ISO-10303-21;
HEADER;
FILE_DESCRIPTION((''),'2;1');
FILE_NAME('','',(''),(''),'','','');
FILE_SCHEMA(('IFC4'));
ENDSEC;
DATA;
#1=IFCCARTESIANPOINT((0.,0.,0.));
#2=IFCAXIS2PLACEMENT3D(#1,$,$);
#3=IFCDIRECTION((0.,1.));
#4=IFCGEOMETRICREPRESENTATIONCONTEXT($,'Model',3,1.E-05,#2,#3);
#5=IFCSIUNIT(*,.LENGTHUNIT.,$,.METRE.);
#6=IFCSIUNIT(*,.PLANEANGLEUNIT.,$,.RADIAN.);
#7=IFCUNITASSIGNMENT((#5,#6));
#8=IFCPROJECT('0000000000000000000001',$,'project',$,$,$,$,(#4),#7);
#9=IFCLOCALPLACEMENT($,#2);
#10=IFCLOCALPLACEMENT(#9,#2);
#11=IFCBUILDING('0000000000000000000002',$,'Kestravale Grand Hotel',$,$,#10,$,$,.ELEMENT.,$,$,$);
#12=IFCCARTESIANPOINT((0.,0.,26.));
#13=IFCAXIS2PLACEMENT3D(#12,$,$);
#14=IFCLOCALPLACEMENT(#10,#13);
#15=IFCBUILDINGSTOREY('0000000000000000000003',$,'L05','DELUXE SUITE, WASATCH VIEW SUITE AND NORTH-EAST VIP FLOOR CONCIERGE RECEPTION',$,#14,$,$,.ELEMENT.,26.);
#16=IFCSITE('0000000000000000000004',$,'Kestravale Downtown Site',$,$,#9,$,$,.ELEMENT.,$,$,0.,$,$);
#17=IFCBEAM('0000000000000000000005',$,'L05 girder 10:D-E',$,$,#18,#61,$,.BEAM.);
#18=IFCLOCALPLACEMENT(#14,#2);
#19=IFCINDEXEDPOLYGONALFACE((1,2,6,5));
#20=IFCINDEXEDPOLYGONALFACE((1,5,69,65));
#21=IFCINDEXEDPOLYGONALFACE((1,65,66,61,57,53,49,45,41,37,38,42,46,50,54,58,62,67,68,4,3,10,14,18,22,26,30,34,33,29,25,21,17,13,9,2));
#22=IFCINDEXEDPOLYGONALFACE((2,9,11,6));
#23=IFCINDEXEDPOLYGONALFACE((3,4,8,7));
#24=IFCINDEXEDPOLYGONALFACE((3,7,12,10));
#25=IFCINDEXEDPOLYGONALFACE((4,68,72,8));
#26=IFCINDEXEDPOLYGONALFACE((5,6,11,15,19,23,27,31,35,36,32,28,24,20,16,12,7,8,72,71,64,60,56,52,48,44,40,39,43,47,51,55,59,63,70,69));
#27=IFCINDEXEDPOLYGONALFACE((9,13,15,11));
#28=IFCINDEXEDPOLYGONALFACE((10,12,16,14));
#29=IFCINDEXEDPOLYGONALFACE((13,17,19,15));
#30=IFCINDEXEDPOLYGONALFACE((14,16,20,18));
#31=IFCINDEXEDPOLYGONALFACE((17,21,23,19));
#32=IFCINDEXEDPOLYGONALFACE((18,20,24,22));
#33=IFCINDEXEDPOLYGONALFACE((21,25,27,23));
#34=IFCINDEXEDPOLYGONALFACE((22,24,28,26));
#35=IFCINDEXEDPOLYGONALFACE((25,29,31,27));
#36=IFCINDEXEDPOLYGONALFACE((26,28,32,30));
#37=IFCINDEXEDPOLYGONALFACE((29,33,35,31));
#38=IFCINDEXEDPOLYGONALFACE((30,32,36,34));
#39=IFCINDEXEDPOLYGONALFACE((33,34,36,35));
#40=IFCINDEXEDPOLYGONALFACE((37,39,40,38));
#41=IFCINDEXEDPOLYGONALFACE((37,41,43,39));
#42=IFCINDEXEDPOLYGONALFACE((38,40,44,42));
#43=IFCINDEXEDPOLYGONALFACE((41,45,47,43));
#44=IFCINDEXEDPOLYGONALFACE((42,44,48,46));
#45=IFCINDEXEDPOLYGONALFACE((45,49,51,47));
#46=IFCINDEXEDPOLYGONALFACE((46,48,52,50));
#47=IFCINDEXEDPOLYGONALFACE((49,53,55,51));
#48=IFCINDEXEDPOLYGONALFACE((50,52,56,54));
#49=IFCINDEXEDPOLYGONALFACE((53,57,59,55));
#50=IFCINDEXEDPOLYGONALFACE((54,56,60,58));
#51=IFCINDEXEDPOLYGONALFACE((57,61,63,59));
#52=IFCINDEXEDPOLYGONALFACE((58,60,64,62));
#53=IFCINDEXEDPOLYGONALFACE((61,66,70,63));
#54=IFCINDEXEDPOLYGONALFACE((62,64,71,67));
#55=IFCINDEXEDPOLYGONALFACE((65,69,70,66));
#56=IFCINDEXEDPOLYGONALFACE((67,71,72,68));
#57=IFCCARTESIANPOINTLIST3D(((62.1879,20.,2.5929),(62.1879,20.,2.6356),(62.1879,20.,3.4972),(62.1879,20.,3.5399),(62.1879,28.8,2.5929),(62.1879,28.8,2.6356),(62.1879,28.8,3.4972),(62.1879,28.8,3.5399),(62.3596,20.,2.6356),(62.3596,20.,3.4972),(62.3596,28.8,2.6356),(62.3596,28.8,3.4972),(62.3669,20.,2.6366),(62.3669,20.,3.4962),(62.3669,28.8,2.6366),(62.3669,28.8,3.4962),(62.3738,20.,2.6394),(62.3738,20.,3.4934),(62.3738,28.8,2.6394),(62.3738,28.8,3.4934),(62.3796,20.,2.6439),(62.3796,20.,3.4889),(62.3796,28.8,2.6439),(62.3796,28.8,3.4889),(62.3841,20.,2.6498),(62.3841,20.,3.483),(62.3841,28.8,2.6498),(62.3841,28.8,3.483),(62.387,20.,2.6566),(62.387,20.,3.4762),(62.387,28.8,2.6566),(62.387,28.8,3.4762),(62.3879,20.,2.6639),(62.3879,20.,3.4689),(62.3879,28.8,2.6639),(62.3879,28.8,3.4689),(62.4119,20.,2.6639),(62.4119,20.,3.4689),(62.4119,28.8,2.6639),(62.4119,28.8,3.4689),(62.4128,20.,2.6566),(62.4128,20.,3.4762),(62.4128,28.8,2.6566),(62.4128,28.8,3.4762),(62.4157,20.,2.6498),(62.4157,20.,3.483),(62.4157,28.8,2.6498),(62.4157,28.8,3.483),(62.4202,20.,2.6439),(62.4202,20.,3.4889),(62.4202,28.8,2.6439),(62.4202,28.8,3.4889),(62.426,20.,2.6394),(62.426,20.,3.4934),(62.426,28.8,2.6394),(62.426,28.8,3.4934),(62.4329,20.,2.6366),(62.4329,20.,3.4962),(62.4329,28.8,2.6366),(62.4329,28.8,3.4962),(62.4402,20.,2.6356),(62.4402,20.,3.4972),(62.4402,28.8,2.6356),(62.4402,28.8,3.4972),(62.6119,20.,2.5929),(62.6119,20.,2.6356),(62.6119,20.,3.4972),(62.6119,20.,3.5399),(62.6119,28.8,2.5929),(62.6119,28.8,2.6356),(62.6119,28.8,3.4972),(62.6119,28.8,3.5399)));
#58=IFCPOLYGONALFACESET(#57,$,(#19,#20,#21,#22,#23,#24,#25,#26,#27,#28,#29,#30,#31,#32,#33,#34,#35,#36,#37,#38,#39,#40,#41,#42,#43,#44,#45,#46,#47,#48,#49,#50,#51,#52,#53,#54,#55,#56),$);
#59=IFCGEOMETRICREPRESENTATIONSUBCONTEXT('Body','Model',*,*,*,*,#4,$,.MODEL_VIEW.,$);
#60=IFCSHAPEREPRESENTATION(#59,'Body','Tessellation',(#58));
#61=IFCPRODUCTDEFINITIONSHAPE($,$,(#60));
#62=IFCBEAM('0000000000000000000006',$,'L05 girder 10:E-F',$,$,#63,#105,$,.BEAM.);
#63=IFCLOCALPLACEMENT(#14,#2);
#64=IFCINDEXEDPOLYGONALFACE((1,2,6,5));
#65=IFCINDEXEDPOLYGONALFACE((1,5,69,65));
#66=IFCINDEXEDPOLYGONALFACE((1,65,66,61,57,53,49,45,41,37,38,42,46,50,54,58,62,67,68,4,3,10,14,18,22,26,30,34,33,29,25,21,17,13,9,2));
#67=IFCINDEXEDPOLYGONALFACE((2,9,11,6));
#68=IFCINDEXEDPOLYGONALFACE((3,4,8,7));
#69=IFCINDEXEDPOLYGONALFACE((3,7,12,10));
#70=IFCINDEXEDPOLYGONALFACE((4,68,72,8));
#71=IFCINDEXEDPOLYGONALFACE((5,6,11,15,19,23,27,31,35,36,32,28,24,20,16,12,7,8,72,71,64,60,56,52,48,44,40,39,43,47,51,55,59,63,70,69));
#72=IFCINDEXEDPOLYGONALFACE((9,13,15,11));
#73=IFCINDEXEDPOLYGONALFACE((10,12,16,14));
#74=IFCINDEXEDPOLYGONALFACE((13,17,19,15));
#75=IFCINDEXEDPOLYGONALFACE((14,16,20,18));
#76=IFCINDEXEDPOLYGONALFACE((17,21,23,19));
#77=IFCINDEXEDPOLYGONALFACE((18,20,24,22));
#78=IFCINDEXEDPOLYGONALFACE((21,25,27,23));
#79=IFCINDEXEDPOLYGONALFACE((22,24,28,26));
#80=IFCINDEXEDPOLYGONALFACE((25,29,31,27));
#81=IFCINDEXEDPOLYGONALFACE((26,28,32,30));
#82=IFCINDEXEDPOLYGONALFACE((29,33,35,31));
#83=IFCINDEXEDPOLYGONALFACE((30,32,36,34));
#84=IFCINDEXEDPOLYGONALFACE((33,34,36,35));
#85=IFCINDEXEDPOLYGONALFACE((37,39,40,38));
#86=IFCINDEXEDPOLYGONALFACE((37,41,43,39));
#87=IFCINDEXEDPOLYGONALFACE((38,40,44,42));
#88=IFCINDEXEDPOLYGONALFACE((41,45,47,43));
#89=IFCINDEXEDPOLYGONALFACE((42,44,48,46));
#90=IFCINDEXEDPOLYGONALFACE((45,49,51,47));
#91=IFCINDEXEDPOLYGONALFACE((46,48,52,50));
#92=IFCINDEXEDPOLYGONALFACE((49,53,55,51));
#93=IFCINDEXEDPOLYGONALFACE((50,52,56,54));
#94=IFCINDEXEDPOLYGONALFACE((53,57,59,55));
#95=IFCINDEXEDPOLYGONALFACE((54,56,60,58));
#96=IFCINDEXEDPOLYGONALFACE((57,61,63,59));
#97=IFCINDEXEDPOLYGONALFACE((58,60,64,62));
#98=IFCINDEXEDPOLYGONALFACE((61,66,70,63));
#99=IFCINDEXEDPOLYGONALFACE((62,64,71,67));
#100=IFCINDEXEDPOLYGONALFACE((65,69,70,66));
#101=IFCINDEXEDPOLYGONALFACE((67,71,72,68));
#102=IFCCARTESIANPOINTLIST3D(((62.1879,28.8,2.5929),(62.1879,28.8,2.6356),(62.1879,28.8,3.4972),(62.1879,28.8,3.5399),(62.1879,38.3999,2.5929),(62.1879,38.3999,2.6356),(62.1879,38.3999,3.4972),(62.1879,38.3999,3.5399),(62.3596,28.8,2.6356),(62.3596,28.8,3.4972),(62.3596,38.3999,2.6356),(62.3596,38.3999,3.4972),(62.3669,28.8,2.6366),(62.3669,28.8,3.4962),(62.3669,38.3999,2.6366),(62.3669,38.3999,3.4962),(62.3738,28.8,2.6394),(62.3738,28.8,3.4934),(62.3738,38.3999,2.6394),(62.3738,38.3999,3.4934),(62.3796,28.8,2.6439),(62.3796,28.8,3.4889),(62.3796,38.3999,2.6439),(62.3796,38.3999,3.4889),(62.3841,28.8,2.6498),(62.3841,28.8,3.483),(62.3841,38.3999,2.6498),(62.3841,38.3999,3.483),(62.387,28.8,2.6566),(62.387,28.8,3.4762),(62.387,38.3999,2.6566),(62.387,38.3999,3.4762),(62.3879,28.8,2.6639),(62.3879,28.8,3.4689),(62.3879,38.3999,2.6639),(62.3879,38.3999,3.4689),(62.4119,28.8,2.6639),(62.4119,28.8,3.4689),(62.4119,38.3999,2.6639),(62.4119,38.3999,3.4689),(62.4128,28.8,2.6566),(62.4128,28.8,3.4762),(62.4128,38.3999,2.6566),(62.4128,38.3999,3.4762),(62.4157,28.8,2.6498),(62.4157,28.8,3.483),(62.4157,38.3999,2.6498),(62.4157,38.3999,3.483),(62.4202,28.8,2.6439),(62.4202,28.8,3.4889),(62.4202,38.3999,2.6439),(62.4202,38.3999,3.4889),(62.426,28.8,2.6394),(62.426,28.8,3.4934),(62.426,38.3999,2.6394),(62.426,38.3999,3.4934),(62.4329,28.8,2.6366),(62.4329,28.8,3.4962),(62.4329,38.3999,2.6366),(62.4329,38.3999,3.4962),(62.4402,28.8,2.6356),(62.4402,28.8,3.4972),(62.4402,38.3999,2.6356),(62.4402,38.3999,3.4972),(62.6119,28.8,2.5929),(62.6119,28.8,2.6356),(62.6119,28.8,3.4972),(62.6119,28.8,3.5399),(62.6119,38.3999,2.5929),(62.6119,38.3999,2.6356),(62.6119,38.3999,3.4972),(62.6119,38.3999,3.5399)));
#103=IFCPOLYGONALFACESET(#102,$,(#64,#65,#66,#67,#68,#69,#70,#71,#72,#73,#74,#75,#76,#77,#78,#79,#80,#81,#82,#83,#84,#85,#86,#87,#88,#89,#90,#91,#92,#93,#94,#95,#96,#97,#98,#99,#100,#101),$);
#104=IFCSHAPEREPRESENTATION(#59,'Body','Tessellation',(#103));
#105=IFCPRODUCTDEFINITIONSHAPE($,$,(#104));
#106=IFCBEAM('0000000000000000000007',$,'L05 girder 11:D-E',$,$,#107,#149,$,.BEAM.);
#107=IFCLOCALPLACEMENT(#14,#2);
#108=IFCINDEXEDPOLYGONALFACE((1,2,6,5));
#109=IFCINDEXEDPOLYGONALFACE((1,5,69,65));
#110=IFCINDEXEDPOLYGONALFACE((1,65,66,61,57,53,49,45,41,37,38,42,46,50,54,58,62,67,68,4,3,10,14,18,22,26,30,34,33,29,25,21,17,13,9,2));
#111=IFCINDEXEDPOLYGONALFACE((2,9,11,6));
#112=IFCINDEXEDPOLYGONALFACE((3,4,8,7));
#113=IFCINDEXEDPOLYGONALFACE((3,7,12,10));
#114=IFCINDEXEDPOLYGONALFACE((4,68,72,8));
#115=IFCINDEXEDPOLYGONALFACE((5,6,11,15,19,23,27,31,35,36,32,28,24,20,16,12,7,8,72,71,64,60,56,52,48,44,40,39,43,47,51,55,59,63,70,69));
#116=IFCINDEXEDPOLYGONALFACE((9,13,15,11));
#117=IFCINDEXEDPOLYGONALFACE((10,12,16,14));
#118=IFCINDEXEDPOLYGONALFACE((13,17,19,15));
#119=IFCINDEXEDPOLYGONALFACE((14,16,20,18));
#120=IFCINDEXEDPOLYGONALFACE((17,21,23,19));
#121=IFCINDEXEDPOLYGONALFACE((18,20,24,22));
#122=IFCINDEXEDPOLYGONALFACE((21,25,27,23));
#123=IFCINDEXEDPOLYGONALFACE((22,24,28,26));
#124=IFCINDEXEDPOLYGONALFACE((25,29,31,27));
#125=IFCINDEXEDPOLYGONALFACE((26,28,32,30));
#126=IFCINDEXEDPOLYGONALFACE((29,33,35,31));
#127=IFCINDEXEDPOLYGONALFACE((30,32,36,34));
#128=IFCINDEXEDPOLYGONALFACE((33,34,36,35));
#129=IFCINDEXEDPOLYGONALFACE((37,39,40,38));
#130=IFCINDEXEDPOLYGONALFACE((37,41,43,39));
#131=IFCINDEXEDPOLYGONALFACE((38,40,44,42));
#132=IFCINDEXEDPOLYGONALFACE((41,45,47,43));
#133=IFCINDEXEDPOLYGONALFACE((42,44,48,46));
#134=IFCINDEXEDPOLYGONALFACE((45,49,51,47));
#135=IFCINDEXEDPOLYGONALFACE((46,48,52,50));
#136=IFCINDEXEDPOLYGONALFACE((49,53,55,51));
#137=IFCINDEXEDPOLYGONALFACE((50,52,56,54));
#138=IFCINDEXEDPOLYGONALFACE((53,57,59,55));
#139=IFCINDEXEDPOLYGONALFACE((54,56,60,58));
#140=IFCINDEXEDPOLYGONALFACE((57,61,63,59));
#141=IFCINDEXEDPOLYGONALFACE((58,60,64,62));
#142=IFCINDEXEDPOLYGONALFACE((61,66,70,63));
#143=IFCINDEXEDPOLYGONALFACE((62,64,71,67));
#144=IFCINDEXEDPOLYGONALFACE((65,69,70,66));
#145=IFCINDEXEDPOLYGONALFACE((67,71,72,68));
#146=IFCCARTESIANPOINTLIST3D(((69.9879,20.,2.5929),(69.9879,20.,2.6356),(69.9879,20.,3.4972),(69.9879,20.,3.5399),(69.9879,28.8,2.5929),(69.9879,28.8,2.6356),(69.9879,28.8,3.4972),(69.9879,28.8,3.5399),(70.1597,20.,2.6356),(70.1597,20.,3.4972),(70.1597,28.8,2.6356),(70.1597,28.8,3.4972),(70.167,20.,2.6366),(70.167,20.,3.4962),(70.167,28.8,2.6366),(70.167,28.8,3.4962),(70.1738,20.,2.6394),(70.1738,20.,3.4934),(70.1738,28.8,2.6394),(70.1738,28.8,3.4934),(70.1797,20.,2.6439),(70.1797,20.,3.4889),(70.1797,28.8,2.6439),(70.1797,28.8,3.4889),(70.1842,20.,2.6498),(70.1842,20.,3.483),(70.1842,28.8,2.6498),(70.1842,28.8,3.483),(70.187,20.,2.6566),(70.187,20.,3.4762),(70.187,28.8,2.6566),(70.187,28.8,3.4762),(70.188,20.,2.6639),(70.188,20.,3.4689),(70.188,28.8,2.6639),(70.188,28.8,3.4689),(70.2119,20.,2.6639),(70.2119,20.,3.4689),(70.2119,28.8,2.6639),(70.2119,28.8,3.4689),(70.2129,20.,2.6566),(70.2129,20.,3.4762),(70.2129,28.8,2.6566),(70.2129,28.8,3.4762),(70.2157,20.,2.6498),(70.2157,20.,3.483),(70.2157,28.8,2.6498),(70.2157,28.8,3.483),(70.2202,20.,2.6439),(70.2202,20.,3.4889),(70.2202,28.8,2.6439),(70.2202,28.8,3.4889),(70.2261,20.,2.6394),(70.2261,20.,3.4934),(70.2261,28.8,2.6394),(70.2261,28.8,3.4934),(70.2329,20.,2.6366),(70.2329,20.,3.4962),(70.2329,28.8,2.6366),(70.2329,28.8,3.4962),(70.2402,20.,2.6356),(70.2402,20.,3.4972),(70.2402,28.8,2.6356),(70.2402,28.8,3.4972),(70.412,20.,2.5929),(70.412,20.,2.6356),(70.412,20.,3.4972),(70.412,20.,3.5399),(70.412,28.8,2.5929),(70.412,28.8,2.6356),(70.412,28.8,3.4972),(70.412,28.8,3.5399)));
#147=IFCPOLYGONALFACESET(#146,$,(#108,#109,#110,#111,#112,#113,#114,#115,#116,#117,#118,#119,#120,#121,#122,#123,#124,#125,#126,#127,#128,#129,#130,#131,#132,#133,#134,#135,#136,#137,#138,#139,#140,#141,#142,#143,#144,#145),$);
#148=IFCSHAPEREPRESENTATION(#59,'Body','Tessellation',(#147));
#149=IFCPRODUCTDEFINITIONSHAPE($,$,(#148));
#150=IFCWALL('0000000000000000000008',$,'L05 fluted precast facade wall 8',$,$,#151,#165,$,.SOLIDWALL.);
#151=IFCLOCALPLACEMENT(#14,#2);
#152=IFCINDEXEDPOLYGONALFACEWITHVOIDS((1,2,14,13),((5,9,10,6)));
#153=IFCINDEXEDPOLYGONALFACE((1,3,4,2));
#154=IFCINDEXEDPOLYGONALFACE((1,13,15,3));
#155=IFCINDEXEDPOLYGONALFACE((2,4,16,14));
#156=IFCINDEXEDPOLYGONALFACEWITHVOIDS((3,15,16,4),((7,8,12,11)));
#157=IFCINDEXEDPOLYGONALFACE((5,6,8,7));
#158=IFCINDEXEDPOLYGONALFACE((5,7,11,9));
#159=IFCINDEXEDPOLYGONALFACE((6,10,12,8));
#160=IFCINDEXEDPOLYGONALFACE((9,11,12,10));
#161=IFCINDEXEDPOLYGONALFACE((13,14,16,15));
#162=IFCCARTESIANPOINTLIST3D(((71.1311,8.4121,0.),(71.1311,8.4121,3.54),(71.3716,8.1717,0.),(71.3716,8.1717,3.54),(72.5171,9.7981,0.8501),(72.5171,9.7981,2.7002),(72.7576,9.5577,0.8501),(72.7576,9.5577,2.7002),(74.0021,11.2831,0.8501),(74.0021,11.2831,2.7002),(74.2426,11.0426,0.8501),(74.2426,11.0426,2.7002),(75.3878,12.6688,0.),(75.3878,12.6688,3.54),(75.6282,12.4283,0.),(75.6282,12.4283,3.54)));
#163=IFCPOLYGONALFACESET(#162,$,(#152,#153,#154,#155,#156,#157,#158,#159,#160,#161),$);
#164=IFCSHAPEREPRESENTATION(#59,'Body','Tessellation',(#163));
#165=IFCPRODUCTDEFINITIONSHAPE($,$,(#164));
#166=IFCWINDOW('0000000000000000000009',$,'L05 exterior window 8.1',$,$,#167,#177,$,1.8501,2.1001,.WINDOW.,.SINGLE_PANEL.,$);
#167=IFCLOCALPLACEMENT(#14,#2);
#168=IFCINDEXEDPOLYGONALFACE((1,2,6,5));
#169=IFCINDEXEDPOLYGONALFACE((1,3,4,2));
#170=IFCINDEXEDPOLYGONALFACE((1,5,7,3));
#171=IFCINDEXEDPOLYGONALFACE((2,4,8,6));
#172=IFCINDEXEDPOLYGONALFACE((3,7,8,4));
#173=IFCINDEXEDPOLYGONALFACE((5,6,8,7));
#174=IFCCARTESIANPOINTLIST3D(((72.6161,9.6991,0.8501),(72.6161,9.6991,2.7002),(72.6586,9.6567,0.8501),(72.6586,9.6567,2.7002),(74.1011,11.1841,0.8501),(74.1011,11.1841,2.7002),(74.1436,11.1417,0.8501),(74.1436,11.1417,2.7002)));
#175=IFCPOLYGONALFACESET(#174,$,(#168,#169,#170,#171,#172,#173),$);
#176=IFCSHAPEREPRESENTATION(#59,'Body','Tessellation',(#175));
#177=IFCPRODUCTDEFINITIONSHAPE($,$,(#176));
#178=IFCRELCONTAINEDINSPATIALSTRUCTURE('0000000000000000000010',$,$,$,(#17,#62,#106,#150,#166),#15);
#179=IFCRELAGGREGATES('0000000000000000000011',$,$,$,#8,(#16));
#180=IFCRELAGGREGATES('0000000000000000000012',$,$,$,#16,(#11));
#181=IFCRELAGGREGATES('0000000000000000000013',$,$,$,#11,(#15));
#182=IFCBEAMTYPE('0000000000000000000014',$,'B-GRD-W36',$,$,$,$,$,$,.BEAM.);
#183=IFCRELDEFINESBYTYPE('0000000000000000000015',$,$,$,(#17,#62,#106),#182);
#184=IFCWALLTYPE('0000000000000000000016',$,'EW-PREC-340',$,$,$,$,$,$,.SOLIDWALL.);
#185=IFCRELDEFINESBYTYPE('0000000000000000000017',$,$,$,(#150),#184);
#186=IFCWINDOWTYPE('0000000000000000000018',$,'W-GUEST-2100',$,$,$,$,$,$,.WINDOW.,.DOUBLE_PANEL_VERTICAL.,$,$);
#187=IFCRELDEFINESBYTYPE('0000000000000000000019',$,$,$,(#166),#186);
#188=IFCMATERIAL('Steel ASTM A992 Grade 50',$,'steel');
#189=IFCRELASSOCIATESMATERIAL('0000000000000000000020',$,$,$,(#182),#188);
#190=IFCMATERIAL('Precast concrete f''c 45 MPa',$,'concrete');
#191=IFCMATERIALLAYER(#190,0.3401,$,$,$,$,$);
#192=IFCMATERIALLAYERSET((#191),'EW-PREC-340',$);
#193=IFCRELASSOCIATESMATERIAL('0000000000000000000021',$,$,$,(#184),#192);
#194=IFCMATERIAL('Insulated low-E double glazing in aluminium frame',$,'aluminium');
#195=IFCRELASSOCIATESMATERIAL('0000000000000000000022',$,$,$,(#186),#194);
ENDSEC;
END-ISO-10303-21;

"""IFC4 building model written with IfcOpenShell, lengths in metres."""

from ifc_helpers import new_model, si_unit, direction, frame, frame_2d, origin, origin_2d, place, context, subcontext, project, spatial, rectangle, i_section, extrude, material, layer, layer_set, material_profile, profile_set, type_object, element, fill, save


model = new_model("IFC4")

# Units and contexts
model_context = context("Model", 3, precision=1e-05, world=origin(), true_north=direction((0.0, 1.0)))
body_context = subcontext(model_context, "Body", "Model", "MODEL_VIEW")
ifc_project = project(units=[si_unit("LENGTHUNIT", "METRE"), si_unit("PLANEANGLEUNIT", "RADIAN")], contexts=[model_context])

# Site, building, storey
site_placement = place(None, origin())
site = spatial("IfcSite", under=ifc_project, at=site_placement, Name="Kestravale Downtown Site", CompositionType="ELEMENT", RefElevation=0.0)
building_placement = place(site_placement, origin())
building = spatial("IfcBuilding", under=site, at=building_placement, Name="Kestravale Grand Hotel", CompositionType="ELEMENT")
storey_placement = place(building_placement, frame((0.0, 0.0, 26.0)))
storey = spatial("IfcBuildingStorey", under=building, at=storey_placement, Name="L05", Description="DELUXE SUITE, WASATCH VIEW SUITE AND NORTH-EAST VIP FLOOR CONCIERGE RECEPTION", CompositionType="ELEMENT", Elevation=26.0)

# Beams
ifc_material_1 = material(Name="Steel ASTM A992 Grade 50", Category="steel")
ifc_material_profile_1 = material_profile(ifc_material_1, i_section(OverallWidth=0.4241, OverallDepth=0.947, WebThickness=0.0239, FlangeThickness=0.0427, FilletRadius=0.0283, at=origin_2d()))
ifc_profile_set_1 = profile_set([ifc_material_profile_1], Name="Steel ASTM A992 Grade 50")
beam_type_1 = type_object("IfcBeamType", Name="B-GRD-W36", PredefinedType="BEAM", material=ifc_profile_set_1)
beam_1_placement = place(storey_placement, frame((62.3999, 20.0, 3.0664), z_axis=(0.0, 1.0, 0.0), x_axis=(-1.0, 0.0, 0.0)))
element("IfcBeam", 1, at=beam_1_placement, inside=storey, type_object=beam_type_1, Name="L05 girder 10:D-E", PredefinedType="BEAM", context=body_context, shape_type="SweptSolid", body=[
    extrude(i_section(OverallWidth=0.4241, OverallDepth=0.947, WebThickness=0.0239, FlangeThickness=0.0427, FilletRadius=0.0283, at=origin_2d()), origin(), (0.0, 0.0, 1.0), 8.8),
])
beam_2_placement = place(storey_placement, frame((62.3999, 28.8, 3.0664), z_axis=(0.0, 1.0, 0.0), x_axis=(-1.0, 0.0, 0.0)))
element("IfcBeam", 2, at=beam_2_placement, inside=storey, type_object=beam_type_1, Name="L05 girder 10:E-F", PredefinedType="BEAM", context=body_context, shape_type="SweptSolid", body=[
    extrude(i_section(OverallWidth=0.4241, OverallDepth=0.947, WebThickness=0.0239, FlangeThickness=0.0427, FilletRadius=0.0283, at=origin_2d()), origin(), (0.0, 0.0, 1.0), 9.5999),
])
beam_3_placement = place(storey_placement, frame((70.2, 20.0, 3.0664), z_axis=(0.0, 1.0, 0.0), x_axis=(-1.0, 0.0, 0.0)))
element("IfcBeam", 3, at=beam_3_placement, inside=storey, type_object=beam_type_1, Name="L05 girder 11:D-E", PredefinedType="BEAM", context=body_context, shape_type="SweptSolid", body=[
    extrude(i_section(OverallWidth=0.4241, OverallDepth=0.947, WebThickness=0.0239, FlangeThickness=0.0427, FilletRadius=0.0283, at=origin_2d()), origin(), (0.0, 0.0, 1.0), 8.8),
])

# Wall, opening, window
ifc_material_2 = material(Name="Precast concrete f'c 45 MPa", Category="concrete")
ifc_layer_1 = layer(ifc_material_2, 0.3401)
ifc_layer_set_1 = layer_set([ifc_layer_1], Name="EW-PREC-340")
wall_type_1 = type_object("IfcWallType", Name="EW-PREC-340", PredefinedType="SOLIDWALL", material=ifc_layer_set_1)
wall_1_placement = place(storey_placement, frame((71.2515, 8.292, 0.0), z_axis=(0.0, 0.0, 1.0), x_axis=(0.707107, 0.707107, 0.0)))
wall_1 = element("IfcWall", 4, at=wall_1_placement, inside=storey, type_object=wall_type_1, Name="L05 fluted precast facade wall 8", PredefinedType="SOLIDWALL", context=body_context, shape_type="SweptSolid", body=[
    extrude(rectangle(XDim=6.0198, YDim=0.3401, at=frame_2d((3.0098, 0.0))), origin(), (0.0, 0.0, 1.0), 3.54),
])
opening_1_placement = place(wall_1_placement, frame((1.96, 0.0, 0.8501)))
opening_1 = element("IfcOpeningElement", 5, at=opening_1_placement, cuts=wall_1, PredefinedType="OPENING", context=body_context, shape_type="SweptSolid", body=[
    extrude(rectangle(XDim=2.1001, YDim=1.8501, at=frame_2d((1.05, 0.925))), frame((0.0, 0.1799, 0.0), z_axis=(0.0, -1.0, 0.0), x_axis=(1.0, 0.0, 0.0)), (0.0, 0.0, 1.0), 0.3601),
])
ifc_material_3 = material(Name="Insulated low-E double glazing in aluminium frame", Category="aluminium")
window_type = type_object("IfcWindowType", Name="W-GUEST-2100", PartitioningType="DOUBLE_PANEL_VERTICAL", PredefinedType="WINDOW", material=ifc_material_3)
window_1_placement = place(opening_1_placement, origin())
window_1 = element("IfcWindow", 6, at=window_1_placement, inside=storey, type_object=window_type, Name="L05 exterior window 8.1", OverallHeight=1.8501, OverallWidth=2.1001, PartitioningType="SINGLE_PANEL", PredefinedType="WINDOW", context=body_context, shape_type="SweptSolid", body=[
    extrude(rectangle(XDim=2.1001, YDim=1.8501, at=frame_2d((1.05, 0.925))), frame((0.0, 0.03, 0.0), z_axis=(0.0, -1.0, 0.0), x_axis=(1.0, 0.0, 0.0)), (0.0, 0.0, 1.0), 0.0601),
])
fill(opening_1, window_1)

save(model, "model.ifc")
